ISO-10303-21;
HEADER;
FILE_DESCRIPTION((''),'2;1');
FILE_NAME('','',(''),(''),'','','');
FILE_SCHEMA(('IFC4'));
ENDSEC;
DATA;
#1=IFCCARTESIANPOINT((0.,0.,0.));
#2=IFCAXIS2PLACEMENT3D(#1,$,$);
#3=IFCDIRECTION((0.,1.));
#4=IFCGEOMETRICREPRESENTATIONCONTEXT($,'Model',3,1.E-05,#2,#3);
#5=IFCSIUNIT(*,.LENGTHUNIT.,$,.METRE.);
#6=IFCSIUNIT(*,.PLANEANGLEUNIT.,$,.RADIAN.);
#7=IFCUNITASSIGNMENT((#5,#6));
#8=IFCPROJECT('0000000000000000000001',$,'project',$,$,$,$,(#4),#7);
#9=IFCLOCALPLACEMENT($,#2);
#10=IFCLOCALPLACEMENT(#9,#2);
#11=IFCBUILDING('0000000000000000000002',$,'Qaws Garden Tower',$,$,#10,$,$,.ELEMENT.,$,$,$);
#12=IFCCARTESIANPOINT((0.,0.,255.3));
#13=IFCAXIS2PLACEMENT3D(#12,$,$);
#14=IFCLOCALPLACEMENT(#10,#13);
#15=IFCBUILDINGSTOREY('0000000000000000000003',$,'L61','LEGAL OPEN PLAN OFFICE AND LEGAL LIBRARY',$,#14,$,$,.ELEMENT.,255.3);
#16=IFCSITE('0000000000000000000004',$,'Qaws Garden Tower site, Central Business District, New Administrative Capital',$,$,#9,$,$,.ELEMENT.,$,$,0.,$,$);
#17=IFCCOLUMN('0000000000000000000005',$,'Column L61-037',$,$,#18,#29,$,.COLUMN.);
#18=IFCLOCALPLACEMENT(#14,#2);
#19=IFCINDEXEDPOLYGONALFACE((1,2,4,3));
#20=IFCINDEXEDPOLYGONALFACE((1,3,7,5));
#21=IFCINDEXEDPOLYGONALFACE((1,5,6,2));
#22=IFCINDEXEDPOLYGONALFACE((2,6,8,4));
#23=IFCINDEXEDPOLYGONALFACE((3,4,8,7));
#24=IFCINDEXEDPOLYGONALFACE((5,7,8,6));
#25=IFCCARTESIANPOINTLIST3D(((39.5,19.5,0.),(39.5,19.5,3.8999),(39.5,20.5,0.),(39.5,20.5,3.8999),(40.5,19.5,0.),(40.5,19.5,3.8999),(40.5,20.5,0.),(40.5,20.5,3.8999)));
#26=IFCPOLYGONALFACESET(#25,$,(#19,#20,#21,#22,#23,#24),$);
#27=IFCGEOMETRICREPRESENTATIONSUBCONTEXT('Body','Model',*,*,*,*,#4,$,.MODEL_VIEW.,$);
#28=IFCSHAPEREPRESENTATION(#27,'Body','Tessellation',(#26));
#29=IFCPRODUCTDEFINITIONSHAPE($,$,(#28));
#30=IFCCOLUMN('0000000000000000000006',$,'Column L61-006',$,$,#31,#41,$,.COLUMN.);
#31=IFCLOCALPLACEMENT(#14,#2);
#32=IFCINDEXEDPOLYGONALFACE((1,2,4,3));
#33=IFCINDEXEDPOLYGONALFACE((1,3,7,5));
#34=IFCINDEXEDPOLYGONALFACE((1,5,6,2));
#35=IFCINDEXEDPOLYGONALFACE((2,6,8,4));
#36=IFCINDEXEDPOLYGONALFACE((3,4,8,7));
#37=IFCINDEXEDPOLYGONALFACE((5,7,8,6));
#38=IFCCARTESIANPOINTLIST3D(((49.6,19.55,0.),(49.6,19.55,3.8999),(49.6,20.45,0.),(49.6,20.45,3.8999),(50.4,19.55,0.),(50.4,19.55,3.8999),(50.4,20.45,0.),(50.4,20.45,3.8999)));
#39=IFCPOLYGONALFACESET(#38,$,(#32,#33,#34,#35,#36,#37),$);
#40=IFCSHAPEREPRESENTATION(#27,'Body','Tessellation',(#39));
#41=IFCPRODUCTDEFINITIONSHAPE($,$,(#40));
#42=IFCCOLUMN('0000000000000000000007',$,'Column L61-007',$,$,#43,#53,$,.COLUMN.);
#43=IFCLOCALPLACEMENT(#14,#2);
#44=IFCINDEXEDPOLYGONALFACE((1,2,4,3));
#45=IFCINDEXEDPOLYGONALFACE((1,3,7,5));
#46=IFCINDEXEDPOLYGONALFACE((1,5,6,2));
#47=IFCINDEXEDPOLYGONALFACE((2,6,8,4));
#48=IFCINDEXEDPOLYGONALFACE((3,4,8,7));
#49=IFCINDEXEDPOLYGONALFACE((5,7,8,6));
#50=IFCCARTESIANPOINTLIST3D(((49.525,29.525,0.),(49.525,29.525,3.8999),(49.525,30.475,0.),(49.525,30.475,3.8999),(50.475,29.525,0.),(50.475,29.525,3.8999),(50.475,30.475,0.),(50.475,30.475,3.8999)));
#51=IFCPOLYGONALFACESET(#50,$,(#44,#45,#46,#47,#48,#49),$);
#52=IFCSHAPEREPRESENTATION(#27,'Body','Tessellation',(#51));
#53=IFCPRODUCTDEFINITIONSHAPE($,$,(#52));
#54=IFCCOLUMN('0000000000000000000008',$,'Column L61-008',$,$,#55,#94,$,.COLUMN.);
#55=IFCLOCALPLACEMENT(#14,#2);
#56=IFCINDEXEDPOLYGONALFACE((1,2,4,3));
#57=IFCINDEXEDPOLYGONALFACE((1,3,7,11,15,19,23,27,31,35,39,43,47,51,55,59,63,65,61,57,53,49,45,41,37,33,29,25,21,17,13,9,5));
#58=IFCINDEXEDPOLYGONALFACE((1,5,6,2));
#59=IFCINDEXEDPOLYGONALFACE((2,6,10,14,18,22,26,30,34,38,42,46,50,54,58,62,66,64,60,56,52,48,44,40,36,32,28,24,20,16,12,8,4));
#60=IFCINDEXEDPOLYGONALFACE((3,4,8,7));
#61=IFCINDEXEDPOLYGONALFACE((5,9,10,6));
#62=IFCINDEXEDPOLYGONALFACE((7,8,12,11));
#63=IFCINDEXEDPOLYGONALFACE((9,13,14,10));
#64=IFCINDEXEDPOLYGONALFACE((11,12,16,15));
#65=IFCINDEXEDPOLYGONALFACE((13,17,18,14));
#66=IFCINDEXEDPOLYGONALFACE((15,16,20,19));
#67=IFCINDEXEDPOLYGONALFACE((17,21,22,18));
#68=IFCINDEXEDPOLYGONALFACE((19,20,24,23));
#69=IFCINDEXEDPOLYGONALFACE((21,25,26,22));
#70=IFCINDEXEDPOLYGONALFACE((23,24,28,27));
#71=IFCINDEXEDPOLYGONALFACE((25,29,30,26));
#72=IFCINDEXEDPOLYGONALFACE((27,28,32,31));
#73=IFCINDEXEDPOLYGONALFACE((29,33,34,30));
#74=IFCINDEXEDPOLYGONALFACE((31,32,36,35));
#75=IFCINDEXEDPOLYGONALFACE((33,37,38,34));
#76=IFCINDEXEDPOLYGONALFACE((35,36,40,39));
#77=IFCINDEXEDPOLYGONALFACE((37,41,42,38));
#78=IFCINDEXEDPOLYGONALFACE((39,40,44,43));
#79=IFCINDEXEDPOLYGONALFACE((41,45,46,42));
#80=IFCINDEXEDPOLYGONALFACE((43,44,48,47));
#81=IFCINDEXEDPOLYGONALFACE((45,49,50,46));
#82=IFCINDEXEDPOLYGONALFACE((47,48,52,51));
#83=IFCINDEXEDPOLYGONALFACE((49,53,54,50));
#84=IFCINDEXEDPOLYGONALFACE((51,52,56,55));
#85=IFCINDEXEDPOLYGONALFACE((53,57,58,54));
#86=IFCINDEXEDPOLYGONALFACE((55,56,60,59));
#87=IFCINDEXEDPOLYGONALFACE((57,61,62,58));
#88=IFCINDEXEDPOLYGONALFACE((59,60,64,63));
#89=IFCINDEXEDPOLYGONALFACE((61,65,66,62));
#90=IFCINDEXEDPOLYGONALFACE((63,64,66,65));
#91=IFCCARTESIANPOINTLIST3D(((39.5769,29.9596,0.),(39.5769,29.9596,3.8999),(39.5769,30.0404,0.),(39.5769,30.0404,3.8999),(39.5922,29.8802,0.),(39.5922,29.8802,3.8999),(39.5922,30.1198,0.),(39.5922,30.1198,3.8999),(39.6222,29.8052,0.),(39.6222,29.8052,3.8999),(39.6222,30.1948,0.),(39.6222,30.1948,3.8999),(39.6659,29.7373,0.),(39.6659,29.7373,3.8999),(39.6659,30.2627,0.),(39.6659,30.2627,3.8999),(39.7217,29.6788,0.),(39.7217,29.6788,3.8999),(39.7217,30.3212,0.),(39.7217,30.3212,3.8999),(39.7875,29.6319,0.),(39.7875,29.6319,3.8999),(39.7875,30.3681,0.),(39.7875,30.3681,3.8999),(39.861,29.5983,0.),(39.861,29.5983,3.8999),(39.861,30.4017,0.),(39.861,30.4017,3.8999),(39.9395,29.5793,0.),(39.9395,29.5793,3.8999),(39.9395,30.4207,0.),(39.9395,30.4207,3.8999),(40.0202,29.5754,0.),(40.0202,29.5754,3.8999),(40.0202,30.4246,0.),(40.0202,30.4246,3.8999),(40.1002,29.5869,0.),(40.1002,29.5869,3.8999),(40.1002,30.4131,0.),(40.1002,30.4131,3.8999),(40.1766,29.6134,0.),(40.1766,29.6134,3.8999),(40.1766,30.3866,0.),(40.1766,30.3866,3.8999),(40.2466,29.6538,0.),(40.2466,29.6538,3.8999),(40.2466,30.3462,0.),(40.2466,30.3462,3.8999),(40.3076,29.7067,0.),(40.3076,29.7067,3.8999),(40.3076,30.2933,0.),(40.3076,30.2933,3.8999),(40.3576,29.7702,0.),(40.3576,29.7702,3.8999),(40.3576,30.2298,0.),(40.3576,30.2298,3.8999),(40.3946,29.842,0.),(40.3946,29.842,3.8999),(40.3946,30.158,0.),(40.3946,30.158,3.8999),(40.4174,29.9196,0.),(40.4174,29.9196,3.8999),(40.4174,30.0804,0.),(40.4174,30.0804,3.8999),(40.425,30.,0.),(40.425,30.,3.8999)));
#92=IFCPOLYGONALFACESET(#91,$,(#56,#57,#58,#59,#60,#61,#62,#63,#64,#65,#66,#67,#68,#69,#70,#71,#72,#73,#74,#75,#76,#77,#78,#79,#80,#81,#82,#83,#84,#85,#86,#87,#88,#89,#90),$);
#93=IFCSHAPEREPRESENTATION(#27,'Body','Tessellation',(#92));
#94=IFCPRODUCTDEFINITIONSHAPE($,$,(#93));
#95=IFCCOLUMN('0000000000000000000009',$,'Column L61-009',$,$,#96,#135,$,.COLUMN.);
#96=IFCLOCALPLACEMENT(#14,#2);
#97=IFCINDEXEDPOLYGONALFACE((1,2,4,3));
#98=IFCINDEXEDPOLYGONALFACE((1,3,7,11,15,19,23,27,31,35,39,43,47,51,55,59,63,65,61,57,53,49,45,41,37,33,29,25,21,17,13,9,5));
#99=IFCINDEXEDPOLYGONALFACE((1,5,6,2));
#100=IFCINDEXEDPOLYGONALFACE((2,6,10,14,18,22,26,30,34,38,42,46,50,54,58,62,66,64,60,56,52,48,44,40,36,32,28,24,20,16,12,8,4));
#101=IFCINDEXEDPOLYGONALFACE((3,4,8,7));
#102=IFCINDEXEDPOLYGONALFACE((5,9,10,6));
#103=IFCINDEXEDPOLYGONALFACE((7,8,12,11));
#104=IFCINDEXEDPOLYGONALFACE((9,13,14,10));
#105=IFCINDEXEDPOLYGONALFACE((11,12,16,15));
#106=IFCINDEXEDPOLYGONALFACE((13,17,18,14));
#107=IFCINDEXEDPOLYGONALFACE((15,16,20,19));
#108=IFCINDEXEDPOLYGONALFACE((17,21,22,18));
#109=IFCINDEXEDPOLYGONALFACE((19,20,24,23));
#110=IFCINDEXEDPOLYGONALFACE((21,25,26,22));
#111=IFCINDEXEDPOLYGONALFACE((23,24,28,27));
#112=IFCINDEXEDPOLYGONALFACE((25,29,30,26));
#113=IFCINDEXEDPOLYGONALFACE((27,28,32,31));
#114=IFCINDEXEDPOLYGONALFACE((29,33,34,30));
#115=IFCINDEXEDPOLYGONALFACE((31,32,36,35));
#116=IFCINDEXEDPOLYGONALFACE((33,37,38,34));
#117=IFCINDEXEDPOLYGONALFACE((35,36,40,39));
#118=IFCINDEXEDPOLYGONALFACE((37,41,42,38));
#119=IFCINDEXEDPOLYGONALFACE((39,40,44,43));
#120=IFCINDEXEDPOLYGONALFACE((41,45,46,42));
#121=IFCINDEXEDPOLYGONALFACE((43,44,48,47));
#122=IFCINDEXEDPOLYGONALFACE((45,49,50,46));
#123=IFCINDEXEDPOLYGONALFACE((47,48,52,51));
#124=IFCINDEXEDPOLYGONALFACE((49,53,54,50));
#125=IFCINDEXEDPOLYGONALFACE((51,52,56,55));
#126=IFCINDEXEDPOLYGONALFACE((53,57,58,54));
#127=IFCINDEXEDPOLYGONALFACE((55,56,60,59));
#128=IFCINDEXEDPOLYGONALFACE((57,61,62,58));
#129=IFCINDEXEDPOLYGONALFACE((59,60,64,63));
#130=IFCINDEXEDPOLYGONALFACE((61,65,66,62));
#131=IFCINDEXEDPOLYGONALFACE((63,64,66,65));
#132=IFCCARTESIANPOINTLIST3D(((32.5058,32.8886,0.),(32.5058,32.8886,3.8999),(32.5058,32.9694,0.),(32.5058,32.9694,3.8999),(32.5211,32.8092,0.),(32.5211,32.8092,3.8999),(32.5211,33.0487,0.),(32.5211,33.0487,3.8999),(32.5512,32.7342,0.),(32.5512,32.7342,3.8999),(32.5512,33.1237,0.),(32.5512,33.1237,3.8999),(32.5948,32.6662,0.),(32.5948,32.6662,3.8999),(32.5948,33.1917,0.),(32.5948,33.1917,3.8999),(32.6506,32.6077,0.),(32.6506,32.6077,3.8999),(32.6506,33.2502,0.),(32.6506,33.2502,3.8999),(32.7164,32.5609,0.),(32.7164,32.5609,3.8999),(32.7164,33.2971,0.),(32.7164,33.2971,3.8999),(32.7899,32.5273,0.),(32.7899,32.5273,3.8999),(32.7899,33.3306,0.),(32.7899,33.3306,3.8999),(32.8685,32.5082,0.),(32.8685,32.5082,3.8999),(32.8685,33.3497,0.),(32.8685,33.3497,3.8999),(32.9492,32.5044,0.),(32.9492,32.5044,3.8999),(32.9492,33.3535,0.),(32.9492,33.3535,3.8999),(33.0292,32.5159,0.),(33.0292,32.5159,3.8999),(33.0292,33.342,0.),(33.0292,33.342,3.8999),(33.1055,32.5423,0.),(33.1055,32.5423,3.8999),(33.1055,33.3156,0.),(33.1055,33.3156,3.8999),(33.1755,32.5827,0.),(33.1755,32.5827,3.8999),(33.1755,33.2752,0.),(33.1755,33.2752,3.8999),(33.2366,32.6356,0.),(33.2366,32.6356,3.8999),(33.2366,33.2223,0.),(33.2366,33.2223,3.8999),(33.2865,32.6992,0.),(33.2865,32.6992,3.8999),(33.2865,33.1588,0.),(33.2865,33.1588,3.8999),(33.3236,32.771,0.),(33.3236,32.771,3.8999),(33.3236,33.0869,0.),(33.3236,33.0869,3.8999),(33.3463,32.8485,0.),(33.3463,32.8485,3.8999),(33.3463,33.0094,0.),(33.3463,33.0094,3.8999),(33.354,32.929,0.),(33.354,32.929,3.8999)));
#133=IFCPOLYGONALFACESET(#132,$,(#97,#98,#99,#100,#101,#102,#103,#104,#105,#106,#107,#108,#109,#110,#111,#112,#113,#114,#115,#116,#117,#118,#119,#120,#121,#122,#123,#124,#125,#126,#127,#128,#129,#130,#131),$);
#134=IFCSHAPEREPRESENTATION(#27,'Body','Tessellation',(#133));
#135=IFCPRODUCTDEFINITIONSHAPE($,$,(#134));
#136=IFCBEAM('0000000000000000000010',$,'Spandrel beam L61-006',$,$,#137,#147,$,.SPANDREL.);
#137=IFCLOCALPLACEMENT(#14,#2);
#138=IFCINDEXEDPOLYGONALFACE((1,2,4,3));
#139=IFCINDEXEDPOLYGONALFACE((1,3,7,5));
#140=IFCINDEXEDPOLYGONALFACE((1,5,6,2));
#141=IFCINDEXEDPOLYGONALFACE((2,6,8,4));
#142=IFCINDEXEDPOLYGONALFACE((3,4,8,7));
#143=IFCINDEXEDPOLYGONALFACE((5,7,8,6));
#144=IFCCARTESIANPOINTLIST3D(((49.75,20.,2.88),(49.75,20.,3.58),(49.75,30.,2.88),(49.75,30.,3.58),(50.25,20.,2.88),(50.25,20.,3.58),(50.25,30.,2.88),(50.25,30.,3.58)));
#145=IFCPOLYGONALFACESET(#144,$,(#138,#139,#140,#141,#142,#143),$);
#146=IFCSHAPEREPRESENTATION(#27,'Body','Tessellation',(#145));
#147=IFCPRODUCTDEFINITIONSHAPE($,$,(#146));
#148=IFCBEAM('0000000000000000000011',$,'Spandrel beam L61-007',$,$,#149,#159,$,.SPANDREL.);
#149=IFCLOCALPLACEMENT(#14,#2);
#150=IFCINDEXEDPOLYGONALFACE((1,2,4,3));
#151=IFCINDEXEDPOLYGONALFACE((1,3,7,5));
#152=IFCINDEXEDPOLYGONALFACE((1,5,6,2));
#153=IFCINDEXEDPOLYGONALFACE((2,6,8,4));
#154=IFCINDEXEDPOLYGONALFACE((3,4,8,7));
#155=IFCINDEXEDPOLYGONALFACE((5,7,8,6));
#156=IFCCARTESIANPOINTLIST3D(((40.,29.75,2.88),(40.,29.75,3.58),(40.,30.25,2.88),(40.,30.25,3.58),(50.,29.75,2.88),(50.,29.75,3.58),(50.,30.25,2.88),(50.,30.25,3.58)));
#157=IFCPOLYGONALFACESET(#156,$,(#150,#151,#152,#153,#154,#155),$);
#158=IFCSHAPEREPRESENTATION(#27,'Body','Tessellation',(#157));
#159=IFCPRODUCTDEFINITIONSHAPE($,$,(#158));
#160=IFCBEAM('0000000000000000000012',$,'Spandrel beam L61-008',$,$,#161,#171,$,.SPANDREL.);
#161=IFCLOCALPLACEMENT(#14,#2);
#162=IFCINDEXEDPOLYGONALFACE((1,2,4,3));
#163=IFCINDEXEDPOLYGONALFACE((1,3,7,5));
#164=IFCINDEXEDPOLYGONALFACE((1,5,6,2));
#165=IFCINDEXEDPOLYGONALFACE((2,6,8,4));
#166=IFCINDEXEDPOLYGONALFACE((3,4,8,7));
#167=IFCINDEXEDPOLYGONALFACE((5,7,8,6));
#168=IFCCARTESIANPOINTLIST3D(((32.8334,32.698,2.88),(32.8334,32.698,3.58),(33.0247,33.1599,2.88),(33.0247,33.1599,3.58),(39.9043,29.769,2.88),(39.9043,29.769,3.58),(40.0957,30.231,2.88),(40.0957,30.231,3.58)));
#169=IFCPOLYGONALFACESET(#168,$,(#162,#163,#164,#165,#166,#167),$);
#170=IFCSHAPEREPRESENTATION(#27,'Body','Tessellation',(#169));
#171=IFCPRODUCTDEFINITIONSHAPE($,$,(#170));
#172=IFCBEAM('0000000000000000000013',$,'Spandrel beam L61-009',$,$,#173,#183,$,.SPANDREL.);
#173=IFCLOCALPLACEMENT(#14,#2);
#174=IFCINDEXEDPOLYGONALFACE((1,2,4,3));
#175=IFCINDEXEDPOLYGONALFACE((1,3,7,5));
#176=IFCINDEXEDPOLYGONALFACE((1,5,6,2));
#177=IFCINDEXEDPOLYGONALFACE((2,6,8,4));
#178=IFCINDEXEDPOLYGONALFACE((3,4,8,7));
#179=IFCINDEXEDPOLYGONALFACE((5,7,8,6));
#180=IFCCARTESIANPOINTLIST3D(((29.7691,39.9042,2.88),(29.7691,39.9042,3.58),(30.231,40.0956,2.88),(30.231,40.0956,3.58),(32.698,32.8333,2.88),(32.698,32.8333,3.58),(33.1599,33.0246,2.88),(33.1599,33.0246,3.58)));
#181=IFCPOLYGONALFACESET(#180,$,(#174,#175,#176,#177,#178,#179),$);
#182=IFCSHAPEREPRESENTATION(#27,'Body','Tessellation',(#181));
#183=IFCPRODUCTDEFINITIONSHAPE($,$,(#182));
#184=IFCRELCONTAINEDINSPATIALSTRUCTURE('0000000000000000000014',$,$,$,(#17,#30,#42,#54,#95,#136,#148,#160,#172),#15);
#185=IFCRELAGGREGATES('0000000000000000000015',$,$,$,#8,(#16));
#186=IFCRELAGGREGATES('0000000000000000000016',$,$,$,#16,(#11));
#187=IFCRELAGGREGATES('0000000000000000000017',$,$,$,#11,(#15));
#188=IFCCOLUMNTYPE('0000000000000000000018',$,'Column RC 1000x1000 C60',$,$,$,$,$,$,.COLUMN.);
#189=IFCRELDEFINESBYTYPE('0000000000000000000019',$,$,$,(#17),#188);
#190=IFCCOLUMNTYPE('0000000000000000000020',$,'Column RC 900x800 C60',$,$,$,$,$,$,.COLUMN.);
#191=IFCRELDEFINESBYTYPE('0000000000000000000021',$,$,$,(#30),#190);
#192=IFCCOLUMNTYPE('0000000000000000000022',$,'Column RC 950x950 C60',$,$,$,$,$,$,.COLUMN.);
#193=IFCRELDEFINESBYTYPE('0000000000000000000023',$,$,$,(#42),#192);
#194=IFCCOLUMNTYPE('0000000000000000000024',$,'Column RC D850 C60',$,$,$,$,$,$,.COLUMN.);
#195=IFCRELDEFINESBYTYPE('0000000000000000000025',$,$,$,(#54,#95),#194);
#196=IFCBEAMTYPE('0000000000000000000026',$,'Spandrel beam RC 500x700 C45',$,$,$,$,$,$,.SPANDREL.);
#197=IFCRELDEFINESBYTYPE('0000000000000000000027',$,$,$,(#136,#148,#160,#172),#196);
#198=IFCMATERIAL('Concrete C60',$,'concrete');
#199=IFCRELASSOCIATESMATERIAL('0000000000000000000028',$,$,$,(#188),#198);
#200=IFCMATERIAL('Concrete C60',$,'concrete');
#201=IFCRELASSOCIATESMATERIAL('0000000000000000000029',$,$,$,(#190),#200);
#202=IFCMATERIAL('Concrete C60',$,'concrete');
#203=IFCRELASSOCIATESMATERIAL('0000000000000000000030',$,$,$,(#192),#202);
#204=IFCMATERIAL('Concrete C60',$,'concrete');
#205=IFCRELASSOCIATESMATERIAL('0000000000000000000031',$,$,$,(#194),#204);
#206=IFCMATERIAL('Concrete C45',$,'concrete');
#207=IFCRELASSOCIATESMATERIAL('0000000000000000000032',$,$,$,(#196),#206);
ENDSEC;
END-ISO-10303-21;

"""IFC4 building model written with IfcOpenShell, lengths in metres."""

from ifc_helpers import new_model, si_unit, direction, frame, origin, origin_2d, place, context, subcontext, project, spatial, rectangle, circle, extrude, material, material_profile, profile_set, type_object, element, save


model = new_model("IFC4")

# Units and contexts
model_context = context("Model", 3, precision=1e-05, world=origin(), true_north=direction((0.0, 1.0)))
body_context = subcontext(model_context, "Body", "Model", "MODEL_VIEW")
ifc_project = project(units=[si_unit("LENGTHUNIT", "METRE"), si_unit("PLANEANGLEUNIT", "RADIAN")], contexts=[model_context])

# Site, building, storey
site_placement = place(None, origin())
site = spatial("IfcSite", under=ifc_project, at=site_placement, Name="Qaws Garden Tower site, Central Business District, New Administrative Capital", CompositionType="ELEMENT", RefElevation=0.0)
building_placement = place(site_placement, origin())
building = spatial("IfcBuilding", under=site, at=building_placement, Name="Qaws Garden Tower", CompositionType="ELEMENT")
storey_placement = place(building_placement, frame((0.0, 0.0, 255.3)))
storey = spatial("IfcBuildingStorey", under=building, at=storey_placement, Name="L61", Description="LEGAL OPEN PLAN OFFICE AND LEGAL LIBRARY", CompositionType="ELEMENT", Elevation=255.3)

# Columns
ifc_material_1 = material(Name="Concrete C60", Category="concrete")
ifc_material_profile_1 = material_profile(ifc_material_1, rectangle(XDim=1.0, YDim=1.0, at=origin_2d()), Name="RC 1000x1000")
ifc_profile_set_1 = profile_set([ifc_material_profile_1], Name="Concrete C60")
column_type_1 = type_object("IfcColumnType", Name="Column RC 1000x1000 C60", PredefinedType="COLUMN", material=ifc_profile_set_1)
column_1_placement = place(storey_placement, frame((40.0, 20.0, 0.0), z_axis=(0.0, 0.0, 1.0), x_axis=(1.0, 0.0, 0.0)))
element("IfcColumn", 1, at=column_1_placement, inside=storey, type_object=column_type_1, Name="Column L61-037", PredefinedType="COLUMN", context=body_context, shape_type="SweptSolid", body=[
    extrude(rectangle(XDim=1.0, YDim=1.0, at=origin_2d()), origin(), (0.0, 0.0, 1.0), 3.8999),
])
ifc_material_2 = material(Name="Concrete C60", Category="concrete")
ifc_material_profile_2 = material_profile(ifc_material_2, rectangle(XDim=0.8999, YDim=0.8, at=origin_2d()), Name="RC 900x800")
ifc_profile_set_2 = profile_set([ifc_material_profile_2], Name="Concrete C60")
column_type_2 = type_object("IfcColumnType", Name="Column RC 900x800 C60", PredefinedType="COLUMN", material=ifc_profile_set_2)
column_2_placement = place(storey_placement, frame((50.0, 20.0, 0.0), z_axis=(0.0, 0.0, 1.0), x_axis=(0.0, 1.0, 0.0)))
element("IfcColumn", 2, at=column_2_placement, inside=storey, type_object=column_type_2, Name="Column L61-006", PredefinedType="COLUMN", context=body_context, shape_type="SweptSolid", body=[
    extrude(rectangle(XDim=0.8999, YDim=0.8, at=origin_2d()), origin(), (0.0, 0.0, 1.0), 3.8999),
])
ifc_material_3 = material(Name="Concrete C60", Category="concrete")
ifc_material_profile_3 = material_profile(ifc_material_3, rectangle(XDim=0.95, YDim=0.95, at=origin_2d()), Name="RC 950x950")
ifc_profile_set_3 = profile_set([ifc_material_profile_3], Name="Concrete C60")
column_type_3 = type_object("IfcColumnType", Name="Column RC 950x950 C60", PredefinedType="COLUMN", material=ifc_profile_set_3)
column_3_placement = place(storey_placement, frame((50.0, 30.0, 0.0), z_axis=(0.0, 0.0, 1.0), x_axis=(1.0, 0.0, 0.0)))
element("IfcColumn", 3, at=column_3_placement, inside=storey, type_object=column_type_3, Name="Column L61-007", PredefinedType="COLUMN", context=body_context, shape_type="SweptSolid", body=[
    extrude(rectangle(XDim=0.95, YDim=0.95, at=origin_2d()), origin(), (0.0, 0.0, 1.0), 3.8999),
])
ifc_material_4 = material(Name="Concrete C60", Category="concrete")
ifc_material_profile_4 = material_profile(ifc_material_4, circle(Radius=0.425, at=origin_2d()), Name="RC D850")
ifc_profile_set_4 = profile_set([ifc_material_profile_4], Name="Concrete C60")
column_type_4 = type_object("IfcColumnType", Name="Column RC D850 C60", PredefinedType="COLUMN", material=ifc_profile_set_4)
for number, where, z_axis, x_axis, name in (
    (4, (40.0, 30.0, 0.0), (0.0, 0.0, 1.0), (1.0, 0.0, 0.0), "Column L61-008"),
    (5, (32.929, 32.929, 0.0), (0.0, 0.0, 1.0), (1.0, 0.0, 0.0), "Column L61-009"),
):
    element("IfcColumn", number, at=place(storey_placement, frame(where, z_axis=z_axis, x_axis=x_axis)), inside=storey, type_object=column_type_4, Name=name, PredefinedType="COLUMN", context=body_context, shape_type="SweptSolid", body=[
        extrude(circle(Radius=0.425, at=origin_2d()), origin(), (0.0, 0.0, 1.0), 3.8999),
    ])

# Beams
ifc_material_5 = material(Name="Concrete C45", Category="concrete")
ifc_material_profile_5 = material_profile(ifc_material_5, rectangle(XDim=0.5, YDim=0.7, at=origin_2d()), Name="RC 500x700")
ifc_profile_set_5 = profile_set([ifc_material_profile_5], Name="Concrete C45")
beam_type = type_object("IfcBeamType", Name="Spandrel beam RC 500x700 C45", PredefinedType="SPANDREL", material=ifc_profile_set_5)
for number, where, z_axis, x_axis, name in (
    (6, (50.0, 20.0, 3.23), (0.0, 1.0, 0.0), (-1.0, 0.0, 0.0), "Spandrel beam L61-006"),
    (7, (50.0, 30.0, 3.23), (-1.0, 0.0, 0.0), (0.0, -1.0, 0.0), "Spandrel beam L61-007"),
):
    element("IfcBeam", number, at=place(storey_placement, frame(where, z_axis=z_axis, x_axis=x_axis)), inside=storey, type_object=beam_type, Name=name, PredefinedType="SPANDREL", context=body_context, shape_type="SweptSolid", body=[
        extrude(rectangle(XDim=0.5, YDim=0.7, at=origin_2d()), origin(), (0.0, 0.0, 1.0), 10.0),
    ])
for number, where, z_axis, x_axis, name in (
    (8, (40.0, 30.0, 3.23), (-0.923878, 0.382687, 0.0), (-0.382687, -0.923878, 0.0), "Spandrel beam L61-008"),
    (9, (32.929, 32.929, 3.23), (-0.382687, 0.923878, 0.0), (-0.923878, -0.382687, 0.0), "Spandrel beam L61-009"),
):
    element("IfcBeam", number, at=place(storey_placement, frame(where, z_axis=z_axis, x_axis=x_axis)), inside=storey, type_object=beam_type, Name=name, PredefinedType="SPANDREL", context=body_context, shape_type="SweptSolid", body=[
        extrude(rectangle(XDim=0.5, YDim=0.7, at=origin_2d()), origin(), (0.0, 0.0, 1.0), 7.6536),
    ])

save(model, "model.ifc")
